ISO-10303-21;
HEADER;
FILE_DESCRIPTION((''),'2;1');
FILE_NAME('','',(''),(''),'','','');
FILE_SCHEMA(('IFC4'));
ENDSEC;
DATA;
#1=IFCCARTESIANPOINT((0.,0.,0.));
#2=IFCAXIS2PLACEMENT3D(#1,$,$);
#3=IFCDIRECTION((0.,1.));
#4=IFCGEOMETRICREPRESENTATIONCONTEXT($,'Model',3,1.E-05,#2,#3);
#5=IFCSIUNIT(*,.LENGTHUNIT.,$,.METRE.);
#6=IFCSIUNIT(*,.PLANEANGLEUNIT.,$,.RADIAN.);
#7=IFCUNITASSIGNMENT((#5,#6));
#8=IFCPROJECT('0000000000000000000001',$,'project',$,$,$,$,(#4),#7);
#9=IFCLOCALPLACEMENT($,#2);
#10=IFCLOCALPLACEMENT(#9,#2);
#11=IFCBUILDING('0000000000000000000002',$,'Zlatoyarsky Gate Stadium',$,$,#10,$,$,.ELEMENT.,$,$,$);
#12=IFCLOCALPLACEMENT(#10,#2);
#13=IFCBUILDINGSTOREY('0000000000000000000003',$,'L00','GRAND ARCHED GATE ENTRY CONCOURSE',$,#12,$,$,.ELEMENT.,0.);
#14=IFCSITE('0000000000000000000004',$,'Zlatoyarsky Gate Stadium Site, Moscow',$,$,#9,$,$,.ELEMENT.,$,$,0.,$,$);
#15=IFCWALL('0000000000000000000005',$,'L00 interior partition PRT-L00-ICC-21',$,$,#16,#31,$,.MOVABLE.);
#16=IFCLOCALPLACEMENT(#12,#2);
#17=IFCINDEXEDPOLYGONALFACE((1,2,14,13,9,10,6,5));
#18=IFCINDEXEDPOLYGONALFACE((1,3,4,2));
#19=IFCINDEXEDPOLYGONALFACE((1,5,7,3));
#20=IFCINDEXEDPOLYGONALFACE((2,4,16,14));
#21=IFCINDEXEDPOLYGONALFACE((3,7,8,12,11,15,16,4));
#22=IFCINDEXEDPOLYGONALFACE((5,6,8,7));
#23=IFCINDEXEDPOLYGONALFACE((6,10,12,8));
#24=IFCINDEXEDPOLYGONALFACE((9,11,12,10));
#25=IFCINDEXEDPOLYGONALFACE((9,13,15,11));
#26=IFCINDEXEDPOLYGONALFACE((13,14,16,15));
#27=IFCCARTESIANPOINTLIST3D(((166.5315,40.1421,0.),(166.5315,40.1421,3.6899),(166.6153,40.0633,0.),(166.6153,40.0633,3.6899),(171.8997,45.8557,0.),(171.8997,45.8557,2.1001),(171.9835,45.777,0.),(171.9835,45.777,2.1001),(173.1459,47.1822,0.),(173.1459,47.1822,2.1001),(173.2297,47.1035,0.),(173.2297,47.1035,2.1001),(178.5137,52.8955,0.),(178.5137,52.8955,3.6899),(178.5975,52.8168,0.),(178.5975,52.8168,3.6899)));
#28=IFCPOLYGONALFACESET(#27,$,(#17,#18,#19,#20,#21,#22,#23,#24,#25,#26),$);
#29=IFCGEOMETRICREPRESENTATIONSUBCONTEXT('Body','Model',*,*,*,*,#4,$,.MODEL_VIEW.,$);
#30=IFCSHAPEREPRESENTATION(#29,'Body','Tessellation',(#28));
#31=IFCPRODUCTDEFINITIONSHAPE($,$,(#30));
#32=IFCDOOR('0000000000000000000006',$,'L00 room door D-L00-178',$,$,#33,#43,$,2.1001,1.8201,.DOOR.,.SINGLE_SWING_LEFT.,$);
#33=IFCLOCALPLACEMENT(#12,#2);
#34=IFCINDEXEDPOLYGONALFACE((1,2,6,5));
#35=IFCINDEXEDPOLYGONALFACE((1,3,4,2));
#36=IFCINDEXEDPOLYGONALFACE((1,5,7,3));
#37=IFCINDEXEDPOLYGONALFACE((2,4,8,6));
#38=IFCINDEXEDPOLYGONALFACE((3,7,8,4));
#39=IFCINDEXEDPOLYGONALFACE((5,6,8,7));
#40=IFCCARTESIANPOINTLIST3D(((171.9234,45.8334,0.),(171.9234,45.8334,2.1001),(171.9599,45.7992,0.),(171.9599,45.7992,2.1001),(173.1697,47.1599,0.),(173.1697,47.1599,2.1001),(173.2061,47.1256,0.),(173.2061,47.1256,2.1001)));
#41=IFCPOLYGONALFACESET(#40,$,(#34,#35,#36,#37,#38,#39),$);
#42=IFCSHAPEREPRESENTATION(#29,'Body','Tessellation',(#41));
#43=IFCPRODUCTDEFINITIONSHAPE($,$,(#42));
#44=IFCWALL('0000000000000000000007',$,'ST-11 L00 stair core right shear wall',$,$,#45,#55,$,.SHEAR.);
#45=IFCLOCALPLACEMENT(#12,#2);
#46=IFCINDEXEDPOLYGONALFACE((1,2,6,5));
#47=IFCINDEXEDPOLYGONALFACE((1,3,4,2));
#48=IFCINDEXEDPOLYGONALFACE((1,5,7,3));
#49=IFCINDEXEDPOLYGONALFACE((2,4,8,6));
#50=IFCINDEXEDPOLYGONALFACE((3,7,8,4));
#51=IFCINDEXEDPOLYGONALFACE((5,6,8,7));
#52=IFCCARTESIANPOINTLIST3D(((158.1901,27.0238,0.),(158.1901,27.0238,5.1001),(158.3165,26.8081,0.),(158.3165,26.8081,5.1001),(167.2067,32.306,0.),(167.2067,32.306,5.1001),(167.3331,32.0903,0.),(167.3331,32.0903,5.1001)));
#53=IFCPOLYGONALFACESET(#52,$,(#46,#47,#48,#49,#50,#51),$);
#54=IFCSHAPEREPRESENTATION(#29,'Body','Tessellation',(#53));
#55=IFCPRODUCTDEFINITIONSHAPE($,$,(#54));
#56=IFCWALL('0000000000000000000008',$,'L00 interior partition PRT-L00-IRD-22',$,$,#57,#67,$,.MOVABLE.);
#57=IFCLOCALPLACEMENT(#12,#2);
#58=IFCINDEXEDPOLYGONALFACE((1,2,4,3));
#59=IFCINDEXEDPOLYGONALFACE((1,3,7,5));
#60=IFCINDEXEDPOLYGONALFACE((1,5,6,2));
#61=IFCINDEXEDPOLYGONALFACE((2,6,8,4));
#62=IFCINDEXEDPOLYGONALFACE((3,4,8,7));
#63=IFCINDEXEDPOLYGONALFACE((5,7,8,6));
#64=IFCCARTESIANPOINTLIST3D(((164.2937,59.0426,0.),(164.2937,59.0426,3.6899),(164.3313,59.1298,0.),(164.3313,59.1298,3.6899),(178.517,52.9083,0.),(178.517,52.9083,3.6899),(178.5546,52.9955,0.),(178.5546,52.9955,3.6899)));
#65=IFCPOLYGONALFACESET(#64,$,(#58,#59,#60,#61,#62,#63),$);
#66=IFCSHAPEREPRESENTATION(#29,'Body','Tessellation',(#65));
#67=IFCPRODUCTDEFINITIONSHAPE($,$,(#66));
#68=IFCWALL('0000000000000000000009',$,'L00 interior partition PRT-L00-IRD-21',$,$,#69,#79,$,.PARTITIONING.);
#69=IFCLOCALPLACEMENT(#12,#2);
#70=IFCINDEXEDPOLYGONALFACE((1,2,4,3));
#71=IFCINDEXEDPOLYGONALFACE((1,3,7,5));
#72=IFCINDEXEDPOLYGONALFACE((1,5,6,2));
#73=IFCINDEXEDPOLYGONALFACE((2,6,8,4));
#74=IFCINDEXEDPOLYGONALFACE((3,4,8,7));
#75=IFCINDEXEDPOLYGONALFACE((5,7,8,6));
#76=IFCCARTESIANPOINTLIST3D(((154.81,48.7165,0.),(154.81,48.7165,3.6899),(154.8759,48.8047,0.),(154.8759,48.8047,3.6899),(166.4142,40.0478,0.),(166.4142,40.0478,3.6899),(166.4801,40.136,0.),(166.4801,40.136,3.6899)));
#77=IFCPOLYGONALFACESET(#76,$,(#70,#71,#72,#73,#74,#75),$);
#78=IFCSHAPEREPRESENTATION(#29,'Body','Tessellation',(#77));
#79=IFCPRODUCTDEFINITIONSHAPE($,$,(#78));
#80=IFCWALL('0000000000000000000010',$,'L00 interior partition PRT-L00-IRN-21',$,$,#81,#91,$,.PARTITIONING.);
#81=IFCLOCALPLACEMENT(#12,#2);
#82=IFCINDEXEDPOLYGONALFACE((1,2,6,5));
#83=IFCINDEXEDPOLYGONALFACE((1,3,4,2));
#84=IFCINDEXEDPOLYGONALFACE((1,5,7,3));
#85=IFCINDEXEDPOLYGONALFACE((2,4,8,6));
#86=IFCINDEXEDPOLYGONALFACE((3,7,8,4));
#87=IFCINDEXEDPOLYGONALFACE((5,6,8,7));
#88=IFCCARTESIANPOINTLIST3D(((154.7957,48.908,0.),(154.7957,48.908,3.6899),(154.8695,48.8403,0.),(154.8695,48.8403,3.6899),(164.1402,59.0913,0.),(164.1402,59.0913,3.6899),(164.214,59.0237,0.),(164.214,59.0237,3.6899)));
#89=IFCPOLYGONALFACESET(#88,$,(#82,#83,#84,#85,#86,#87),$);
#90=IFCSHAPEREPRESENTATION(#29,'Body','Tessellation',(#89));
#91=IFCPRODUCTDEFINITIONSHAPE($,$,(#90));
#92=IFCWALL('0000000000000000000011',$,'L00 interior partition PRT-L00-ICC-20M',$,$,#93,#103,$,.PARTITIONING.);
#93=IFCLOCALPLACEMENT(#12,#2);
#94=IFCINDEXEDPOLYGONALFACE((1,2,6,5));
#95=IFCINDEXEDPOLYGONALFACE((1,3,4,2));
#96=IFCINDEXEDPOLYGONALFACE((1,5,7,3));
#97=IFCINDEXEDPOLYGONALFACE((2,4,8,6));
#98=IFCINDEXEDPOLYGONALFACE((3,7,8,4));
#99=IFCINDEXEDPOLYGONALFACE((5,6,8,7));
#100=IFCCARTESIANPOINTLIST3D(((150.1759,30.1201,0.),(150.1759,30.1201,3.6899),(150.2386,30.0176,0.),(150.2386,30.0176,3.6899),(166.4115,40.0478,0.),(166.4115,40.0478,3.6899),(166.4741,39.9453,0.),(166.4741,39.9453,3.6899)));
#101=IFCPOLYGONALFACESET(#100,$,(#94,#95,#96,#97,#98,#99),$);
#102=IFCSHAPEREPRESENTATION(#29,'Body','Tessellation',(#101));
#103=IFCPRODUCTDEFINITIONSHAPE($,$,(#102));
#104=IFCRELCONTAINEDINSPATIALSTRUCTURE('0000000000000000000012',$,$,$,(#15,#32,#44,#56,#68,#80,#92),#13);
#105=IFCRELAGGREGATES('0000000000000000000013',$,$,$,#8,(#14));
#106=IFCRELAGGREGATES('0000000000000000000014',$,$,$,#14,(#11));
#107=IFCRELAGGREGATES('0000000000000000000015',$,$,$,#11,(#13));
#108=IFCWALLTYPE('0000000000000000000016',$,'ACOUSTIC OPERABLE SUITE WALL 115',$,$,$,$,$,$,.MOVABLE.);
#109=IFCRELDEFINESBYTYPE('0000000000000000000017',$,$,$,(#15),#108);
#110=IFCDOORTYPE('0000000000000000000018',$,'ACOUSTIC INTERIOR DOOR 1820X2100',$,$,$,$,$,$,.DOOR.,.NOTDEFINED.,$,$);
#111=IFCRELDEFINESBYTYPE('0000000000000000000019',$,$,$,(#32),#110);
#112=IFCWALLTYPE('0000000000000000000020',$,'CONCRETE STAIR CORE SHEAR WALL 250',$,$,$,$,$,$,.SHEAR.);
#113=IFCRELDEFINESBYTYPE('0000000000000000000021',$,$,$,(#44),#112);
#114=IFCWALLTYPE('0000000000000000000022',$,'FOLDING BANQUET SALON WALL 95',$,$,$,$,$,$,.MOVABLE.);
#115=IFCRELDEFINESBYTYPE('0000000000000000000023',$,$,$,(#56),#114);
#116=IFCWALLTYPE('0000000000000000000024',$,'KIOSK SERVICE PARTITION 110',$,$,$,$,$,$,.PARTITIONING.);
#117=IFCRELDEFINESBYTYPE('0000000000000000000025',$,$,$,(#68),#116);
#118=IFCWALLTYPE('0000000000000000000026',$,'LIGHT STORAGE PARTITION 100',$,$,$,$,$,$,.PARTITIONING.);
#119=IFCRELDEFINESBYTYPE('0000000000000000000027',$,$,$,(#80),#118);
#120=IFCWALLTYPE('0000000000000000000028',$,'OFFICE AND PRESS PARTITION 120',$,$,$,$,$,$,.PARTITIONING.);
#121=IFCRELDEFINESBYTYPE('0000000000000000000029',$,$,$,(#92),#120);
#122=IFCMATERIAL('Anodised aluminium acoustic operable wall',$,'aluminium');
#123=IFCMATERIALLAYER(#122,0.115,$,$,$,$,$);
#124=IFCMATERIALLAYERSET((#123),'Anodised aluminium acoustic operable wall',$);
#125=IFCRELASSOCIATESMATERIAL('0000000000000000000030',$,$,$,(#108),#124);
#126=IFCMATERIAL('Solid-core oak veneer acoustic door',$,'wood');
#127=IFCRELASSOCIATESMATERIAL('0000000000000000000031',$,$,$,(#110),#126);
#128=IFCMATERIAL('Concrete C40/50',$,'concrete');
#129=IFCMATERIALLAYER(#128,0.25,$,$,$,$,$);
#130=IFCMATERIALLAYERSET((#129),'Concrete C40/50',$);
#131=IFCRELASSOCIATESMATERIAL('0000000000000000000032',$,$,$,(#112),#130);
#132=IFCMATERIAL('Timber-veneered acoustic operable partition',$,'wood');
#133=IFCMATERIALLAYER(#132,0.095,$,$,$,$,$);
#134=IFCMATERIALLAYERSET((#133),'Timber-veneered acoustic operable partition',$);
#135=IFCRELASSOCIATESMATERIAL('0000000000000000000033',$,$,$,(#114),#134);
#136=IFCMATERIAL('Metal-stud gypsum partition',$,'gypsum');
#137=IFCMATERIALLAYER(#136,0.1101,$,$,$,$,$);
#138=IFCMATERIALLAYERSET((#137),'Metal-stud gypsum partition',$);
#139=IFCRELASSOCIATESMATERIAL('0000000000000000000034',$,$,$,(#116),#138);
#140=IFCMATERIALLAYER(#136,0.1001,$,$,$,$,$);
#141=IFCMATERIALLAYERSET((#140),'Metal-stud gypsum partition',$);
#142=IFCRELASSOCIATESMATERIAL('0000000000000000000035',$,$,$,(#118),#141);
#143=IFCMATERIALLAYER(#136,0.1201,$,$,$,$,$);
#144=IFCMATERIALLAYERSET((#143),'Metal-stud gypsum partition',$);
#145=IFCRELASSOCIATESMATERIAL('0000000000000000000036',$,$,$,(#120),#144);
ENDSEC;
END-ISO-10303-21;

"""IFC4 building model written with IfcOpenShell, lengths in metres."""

from ifc_helpers import new_model, si_unit, direction, frame, frame_2d, origin, place, context, subcontext, project, spatial, rectangle, extrude, material, layer, layer_set, type_object, element, fill, save


model = new_model("IFC4")

# Units and contexts
model_context = context("Model", 3, precision=1e-05, world=origin(), true_north=direction((0.0, 1.0)))
body_context = subcontext(model_context, "Body", "Model", "MODEL_VIEW")
ifc_project = project(units=[si_unit("LENGTHUNIT", "METRE"), si_unit("PLANEANGLEUNIT", "RADIAN")], contexts=[model_context])

# Site, building, storey
site_placement = place(None, origin())
site = spatial("IfcSite", under=ifc_project, at=site_placement, Name="Zlatoyarsky Gate Stadium Site, Moscow", CompositionType="ELEMENT", RefElevation=0.0)
building_placement = place(site_placement, origin())
building = spatial("IfcBuilding", under=site, at=building_placement, Name="Zlatoyarsky Gate Stadium", CompositionType="ELEMENT")
storey_placement = place(building_placement, origin())
storey = spatial("IfcBuildingStorey", under=building, at=storey_placement, Name="L00", Description="GRAND ARCHED GATE ENTRY CONCOURSE", CompositionType="ELEMENT", Elevation=0.0)

# Shared definitions
ifc_material_1 = material(Name="Concrete C40/50", Category="concrete")

# Wall, opening, door
ifc_material_2 = material(Name="Anodised aluminium acoustic operable wall", Category="aluminium")
ifc_layer_1 = layer(ifc_material_2, 0.115)
ifc_layer_set_1 = layer_set([ifc_layer_1], Name="Anodised aluminium acoustic operable wall")
wall_type_1 = type_object("IfcWallType", Name="ACOUSTIC OPERABLE SUITE WALL 115", PredefinedType="MOVABLE", material=ifc_layer_set_1)
wall_1_placement = place(storey_placement, frame((166.5735, 40.1028, 0.0), z_axis=(0.0, 0.0, 1.0), x_axis=(0.684727, 0.7288, 0.0)))
wall_1 = element("IfcWall", 1, at=wall_1_placement, inside=storey, type_object=wall_type_1, Name="L00 interior partition PRT-L00-ICC-21", PredefinedType="MOVABLE", context=body_context, shape_type="SweptSolid", body=[
    extrude(rectangle(XDim=17.4993, YDim=0.115, at=frame_2d((8.7495, 0.0))), origin(), (0.0, 0.0, 1.0), 3.6899),
])
opening_placement = place(wall_1_placement, frame((7.8396, 0.0, 0.0)))
opening = element("IfcOpeningElement", 2, at=opening_placement, cuts=wall_1, PredefinedType="OPENING", context=body_context, shape_type="SweptSolid", body=[
    extrude(rectangle(XDim=1.8201, YDim=2.1001, at=frame_2d((0.9102, 1.05))), frame((0.0, 0.0674, 0.0), z_axis=(0.0, -1.0, 0.0), x_axis=(1.0, 0.0, 0.0)), (0.0, 0.0, 1.0), 0.135),
])
ifc_material_3 = material(Name="Solid-core oak veneer acoustic door", Category="wood")
door_type = type_object("IfcDoorType", Name="ACOUSTIC INTERIOR DOOR 1820X2100", OperationType="NOTDEFINED", PredefinedType="DOOR", material=ifc_material_3)
door_placement = place(opening_placement, origin())
door = element("IfcDoor", 3, at=door_placement, inside=storey, type_object=door_type, Name="L00 room door D-L00-178", OperationType="SINGLE_SWING_LEFT", OverallHeight=2.1001, OverallWidth=1.8201, PredefinedType="DOOR", context=body_context, shape_type="SweptSolid", body=[
    extrude(rectangle(XDim=1.8201, YDim=2.1001, at=frame_2d((0.9102, 1.05))), frame((0.0, 0.0249, 0.0), z_axis=(0.0, -1.0, 0.0), x_axis=(1.0, 0.0, 0.0)), (0.0, 0.0, 1.0), 0.05),
])
fill(opening, door)

# Walls
ifc_layer_2 = layer(ifc_material_1, 0.25)
ifc_layer_set_2 = layer_set([ifc_layer_2], Name="Concrete C40/50")
wall_type_2 = type_object("IfcWallType", Name="CONCRETE STAIR CORE SHEAR WALL 250", PredefinedType="SHEAR", material=ifc_layer_set_2)
wall_2_placement = place(storey_placement, frame((167.27, 32.1982, 0.0), z_axis=(0.0, 0.0, 1.0), x_axis=(-0.862839, -0.50548, 0.0)))
element("IfcWall", 4, at=wall_2_placement, inside=storey, type_object=wall_type_2, Name="ST-11 L00 stair core right shear wall", PredefinedType="SHEAR", context=body_context, shape_type="SweptSolid", body=[
    extrude(rectangle(XDim=10.45, YDim=0.25, at=frame_2d((5.2251, 0.0))), origin(), (0.0, 0.0, 1.0), 5.1001),
])
ifc_material_4 = material(Name="Timber-veneered acoustic operable partition", Category="wood")
ifc_layer_3 = layer(ifc_material_4, 0.095)
ifc_layer_set_3 = layer_set([ifc_layer_3], Name="Timber-veneered acoustic operable partition")
wall_type_3 = type_object("IfcWallType", Name="FOLDING BANQUET SALON WALL 95", PredefinedType="MOVABLE", material=ifc_layer_set_3)
wall_3_placement = place(storey_placement, frame((164.3125, 59.0862, 0.0), z_axis=(0.0, 0.0, 1.0), x_axis=(0.918242, -0.39602, 0.0)))
element("IfcWall", 5, at=wall_3_placement, inside=storey, type_object=wall_type_3, Name="L00 interior partition PRT-L00-IRD-22", PredefinedType="MOVABLE", context=body_context, shape_type="SweptSolid", body=[
    extrude(rectangle(XDim=15.4897, YDim=0.095, at=frame_2d((7.7449, 0.0))), origin(), (0.0, 0.0, 1.0), 3.6899),
])
ifc_material_5 = material(Name="Metal-stud gypsum partition", Category="gypsum")
ifc_layer_4 = layer(ifc_material_5, 0.1101)
ifc_layer_set_4 = layer_set([ifc_layer_4], Name="Metal-stud gypsum partition")
wall_type_4 = type_object("IfcWallType", Name="KIOSK SERVICE PARTITION 110", PredefinedType="PARTITIONING", material=ifc_layer_set_4)
wall_4_placement = place(storey_placement, frame((154.843, 48.7605, 0.0), z_axis=(0.0, 0.0, 1.0), x_axis=(0.801141, -0.598475, 0.0)))
element("IfcWall", 6, at=wall_4_placement, inside=storey, type_object=wall_type_4, Name="L00 interior partition PRT-L00-IRD-21", PredefinedType="PARTITIONING", context=body_context, shape_type="SweptSolid", body=[
    extrude(rectangle(XDim=14.4846, YDim=0.1101, at=frame_2d((7.2422, 0.0))), origin(), (0.0, 0.0, 1.0), 3.6899),
])
ifc_layer_5 = layer(ifc_material_5, 0.1001)
ifc_layer_set_5 = layer_set([ifc_layer_5], Name="Metal-stud gypsum partition")
wall_type_5 = type_object("IfcWallType", Name="LIGHT STORAGE PARTITION 100", PredefinedType="PARTITIONING", material=ifc_layer_set_5)
wall_5_placement = place(storey_placement, frame((154.8325, 48.874, 0.0), z_axis=(0.0, 0.0, 1.0), x_axis=(0.676108, 0.736803, 0.0)))
element("IfcWall", 7, at=wall_5_placement, inside=storey, type_object=wall_type_5, Name="L00 interior partition PRT-L00-IRN-21", PredefinedType="PARTITIONING", context=body_context, shape_type="SweptSolid", body=[
    extrude(rectangle(XDim=13.821, YDim=0.1001, at=frame_2d((6.9106, 0.0))), origin(), (0.0, 0.0, 1.0), 3.6899),
])
ifc_layer_6 = layer(ifc_material_5, 0.1201)
ifc_layer_set_6 = layer_set([ifc_layer_6], Name="Metal-stud gypsum partition")
wall_type_6 = type_object("IfcWallType", Name="OFFICE AND PRESS PARTITION 120", PredefinedType="PARTITIONING", material=ifc_layer_set_6)
wall_6_placement = place(storey_placement, frame((150.2073, 30.0688, 0.0), z_axis=(0.0, 0.0, 1.0), x_axis=(0.853142, 0.521679, 0.0)))
element("IfcWall", 8, at=wall_6_placement, inside=storey, type_object=wall_type_6, Name="L00 interior partition PRT-L00-ICC-20M", PredefinedType="PARTITIONING", context=body_context, shape_type="SweptSolid", body=[
    extrude(rectangle(XDim=19.0303, YDim=0.1201, at=frame_2d((9.5151, 0.0))), origin(), (0.0, 0.0, 1.0), 3.6899),
])

save(model, "model.ifc")
